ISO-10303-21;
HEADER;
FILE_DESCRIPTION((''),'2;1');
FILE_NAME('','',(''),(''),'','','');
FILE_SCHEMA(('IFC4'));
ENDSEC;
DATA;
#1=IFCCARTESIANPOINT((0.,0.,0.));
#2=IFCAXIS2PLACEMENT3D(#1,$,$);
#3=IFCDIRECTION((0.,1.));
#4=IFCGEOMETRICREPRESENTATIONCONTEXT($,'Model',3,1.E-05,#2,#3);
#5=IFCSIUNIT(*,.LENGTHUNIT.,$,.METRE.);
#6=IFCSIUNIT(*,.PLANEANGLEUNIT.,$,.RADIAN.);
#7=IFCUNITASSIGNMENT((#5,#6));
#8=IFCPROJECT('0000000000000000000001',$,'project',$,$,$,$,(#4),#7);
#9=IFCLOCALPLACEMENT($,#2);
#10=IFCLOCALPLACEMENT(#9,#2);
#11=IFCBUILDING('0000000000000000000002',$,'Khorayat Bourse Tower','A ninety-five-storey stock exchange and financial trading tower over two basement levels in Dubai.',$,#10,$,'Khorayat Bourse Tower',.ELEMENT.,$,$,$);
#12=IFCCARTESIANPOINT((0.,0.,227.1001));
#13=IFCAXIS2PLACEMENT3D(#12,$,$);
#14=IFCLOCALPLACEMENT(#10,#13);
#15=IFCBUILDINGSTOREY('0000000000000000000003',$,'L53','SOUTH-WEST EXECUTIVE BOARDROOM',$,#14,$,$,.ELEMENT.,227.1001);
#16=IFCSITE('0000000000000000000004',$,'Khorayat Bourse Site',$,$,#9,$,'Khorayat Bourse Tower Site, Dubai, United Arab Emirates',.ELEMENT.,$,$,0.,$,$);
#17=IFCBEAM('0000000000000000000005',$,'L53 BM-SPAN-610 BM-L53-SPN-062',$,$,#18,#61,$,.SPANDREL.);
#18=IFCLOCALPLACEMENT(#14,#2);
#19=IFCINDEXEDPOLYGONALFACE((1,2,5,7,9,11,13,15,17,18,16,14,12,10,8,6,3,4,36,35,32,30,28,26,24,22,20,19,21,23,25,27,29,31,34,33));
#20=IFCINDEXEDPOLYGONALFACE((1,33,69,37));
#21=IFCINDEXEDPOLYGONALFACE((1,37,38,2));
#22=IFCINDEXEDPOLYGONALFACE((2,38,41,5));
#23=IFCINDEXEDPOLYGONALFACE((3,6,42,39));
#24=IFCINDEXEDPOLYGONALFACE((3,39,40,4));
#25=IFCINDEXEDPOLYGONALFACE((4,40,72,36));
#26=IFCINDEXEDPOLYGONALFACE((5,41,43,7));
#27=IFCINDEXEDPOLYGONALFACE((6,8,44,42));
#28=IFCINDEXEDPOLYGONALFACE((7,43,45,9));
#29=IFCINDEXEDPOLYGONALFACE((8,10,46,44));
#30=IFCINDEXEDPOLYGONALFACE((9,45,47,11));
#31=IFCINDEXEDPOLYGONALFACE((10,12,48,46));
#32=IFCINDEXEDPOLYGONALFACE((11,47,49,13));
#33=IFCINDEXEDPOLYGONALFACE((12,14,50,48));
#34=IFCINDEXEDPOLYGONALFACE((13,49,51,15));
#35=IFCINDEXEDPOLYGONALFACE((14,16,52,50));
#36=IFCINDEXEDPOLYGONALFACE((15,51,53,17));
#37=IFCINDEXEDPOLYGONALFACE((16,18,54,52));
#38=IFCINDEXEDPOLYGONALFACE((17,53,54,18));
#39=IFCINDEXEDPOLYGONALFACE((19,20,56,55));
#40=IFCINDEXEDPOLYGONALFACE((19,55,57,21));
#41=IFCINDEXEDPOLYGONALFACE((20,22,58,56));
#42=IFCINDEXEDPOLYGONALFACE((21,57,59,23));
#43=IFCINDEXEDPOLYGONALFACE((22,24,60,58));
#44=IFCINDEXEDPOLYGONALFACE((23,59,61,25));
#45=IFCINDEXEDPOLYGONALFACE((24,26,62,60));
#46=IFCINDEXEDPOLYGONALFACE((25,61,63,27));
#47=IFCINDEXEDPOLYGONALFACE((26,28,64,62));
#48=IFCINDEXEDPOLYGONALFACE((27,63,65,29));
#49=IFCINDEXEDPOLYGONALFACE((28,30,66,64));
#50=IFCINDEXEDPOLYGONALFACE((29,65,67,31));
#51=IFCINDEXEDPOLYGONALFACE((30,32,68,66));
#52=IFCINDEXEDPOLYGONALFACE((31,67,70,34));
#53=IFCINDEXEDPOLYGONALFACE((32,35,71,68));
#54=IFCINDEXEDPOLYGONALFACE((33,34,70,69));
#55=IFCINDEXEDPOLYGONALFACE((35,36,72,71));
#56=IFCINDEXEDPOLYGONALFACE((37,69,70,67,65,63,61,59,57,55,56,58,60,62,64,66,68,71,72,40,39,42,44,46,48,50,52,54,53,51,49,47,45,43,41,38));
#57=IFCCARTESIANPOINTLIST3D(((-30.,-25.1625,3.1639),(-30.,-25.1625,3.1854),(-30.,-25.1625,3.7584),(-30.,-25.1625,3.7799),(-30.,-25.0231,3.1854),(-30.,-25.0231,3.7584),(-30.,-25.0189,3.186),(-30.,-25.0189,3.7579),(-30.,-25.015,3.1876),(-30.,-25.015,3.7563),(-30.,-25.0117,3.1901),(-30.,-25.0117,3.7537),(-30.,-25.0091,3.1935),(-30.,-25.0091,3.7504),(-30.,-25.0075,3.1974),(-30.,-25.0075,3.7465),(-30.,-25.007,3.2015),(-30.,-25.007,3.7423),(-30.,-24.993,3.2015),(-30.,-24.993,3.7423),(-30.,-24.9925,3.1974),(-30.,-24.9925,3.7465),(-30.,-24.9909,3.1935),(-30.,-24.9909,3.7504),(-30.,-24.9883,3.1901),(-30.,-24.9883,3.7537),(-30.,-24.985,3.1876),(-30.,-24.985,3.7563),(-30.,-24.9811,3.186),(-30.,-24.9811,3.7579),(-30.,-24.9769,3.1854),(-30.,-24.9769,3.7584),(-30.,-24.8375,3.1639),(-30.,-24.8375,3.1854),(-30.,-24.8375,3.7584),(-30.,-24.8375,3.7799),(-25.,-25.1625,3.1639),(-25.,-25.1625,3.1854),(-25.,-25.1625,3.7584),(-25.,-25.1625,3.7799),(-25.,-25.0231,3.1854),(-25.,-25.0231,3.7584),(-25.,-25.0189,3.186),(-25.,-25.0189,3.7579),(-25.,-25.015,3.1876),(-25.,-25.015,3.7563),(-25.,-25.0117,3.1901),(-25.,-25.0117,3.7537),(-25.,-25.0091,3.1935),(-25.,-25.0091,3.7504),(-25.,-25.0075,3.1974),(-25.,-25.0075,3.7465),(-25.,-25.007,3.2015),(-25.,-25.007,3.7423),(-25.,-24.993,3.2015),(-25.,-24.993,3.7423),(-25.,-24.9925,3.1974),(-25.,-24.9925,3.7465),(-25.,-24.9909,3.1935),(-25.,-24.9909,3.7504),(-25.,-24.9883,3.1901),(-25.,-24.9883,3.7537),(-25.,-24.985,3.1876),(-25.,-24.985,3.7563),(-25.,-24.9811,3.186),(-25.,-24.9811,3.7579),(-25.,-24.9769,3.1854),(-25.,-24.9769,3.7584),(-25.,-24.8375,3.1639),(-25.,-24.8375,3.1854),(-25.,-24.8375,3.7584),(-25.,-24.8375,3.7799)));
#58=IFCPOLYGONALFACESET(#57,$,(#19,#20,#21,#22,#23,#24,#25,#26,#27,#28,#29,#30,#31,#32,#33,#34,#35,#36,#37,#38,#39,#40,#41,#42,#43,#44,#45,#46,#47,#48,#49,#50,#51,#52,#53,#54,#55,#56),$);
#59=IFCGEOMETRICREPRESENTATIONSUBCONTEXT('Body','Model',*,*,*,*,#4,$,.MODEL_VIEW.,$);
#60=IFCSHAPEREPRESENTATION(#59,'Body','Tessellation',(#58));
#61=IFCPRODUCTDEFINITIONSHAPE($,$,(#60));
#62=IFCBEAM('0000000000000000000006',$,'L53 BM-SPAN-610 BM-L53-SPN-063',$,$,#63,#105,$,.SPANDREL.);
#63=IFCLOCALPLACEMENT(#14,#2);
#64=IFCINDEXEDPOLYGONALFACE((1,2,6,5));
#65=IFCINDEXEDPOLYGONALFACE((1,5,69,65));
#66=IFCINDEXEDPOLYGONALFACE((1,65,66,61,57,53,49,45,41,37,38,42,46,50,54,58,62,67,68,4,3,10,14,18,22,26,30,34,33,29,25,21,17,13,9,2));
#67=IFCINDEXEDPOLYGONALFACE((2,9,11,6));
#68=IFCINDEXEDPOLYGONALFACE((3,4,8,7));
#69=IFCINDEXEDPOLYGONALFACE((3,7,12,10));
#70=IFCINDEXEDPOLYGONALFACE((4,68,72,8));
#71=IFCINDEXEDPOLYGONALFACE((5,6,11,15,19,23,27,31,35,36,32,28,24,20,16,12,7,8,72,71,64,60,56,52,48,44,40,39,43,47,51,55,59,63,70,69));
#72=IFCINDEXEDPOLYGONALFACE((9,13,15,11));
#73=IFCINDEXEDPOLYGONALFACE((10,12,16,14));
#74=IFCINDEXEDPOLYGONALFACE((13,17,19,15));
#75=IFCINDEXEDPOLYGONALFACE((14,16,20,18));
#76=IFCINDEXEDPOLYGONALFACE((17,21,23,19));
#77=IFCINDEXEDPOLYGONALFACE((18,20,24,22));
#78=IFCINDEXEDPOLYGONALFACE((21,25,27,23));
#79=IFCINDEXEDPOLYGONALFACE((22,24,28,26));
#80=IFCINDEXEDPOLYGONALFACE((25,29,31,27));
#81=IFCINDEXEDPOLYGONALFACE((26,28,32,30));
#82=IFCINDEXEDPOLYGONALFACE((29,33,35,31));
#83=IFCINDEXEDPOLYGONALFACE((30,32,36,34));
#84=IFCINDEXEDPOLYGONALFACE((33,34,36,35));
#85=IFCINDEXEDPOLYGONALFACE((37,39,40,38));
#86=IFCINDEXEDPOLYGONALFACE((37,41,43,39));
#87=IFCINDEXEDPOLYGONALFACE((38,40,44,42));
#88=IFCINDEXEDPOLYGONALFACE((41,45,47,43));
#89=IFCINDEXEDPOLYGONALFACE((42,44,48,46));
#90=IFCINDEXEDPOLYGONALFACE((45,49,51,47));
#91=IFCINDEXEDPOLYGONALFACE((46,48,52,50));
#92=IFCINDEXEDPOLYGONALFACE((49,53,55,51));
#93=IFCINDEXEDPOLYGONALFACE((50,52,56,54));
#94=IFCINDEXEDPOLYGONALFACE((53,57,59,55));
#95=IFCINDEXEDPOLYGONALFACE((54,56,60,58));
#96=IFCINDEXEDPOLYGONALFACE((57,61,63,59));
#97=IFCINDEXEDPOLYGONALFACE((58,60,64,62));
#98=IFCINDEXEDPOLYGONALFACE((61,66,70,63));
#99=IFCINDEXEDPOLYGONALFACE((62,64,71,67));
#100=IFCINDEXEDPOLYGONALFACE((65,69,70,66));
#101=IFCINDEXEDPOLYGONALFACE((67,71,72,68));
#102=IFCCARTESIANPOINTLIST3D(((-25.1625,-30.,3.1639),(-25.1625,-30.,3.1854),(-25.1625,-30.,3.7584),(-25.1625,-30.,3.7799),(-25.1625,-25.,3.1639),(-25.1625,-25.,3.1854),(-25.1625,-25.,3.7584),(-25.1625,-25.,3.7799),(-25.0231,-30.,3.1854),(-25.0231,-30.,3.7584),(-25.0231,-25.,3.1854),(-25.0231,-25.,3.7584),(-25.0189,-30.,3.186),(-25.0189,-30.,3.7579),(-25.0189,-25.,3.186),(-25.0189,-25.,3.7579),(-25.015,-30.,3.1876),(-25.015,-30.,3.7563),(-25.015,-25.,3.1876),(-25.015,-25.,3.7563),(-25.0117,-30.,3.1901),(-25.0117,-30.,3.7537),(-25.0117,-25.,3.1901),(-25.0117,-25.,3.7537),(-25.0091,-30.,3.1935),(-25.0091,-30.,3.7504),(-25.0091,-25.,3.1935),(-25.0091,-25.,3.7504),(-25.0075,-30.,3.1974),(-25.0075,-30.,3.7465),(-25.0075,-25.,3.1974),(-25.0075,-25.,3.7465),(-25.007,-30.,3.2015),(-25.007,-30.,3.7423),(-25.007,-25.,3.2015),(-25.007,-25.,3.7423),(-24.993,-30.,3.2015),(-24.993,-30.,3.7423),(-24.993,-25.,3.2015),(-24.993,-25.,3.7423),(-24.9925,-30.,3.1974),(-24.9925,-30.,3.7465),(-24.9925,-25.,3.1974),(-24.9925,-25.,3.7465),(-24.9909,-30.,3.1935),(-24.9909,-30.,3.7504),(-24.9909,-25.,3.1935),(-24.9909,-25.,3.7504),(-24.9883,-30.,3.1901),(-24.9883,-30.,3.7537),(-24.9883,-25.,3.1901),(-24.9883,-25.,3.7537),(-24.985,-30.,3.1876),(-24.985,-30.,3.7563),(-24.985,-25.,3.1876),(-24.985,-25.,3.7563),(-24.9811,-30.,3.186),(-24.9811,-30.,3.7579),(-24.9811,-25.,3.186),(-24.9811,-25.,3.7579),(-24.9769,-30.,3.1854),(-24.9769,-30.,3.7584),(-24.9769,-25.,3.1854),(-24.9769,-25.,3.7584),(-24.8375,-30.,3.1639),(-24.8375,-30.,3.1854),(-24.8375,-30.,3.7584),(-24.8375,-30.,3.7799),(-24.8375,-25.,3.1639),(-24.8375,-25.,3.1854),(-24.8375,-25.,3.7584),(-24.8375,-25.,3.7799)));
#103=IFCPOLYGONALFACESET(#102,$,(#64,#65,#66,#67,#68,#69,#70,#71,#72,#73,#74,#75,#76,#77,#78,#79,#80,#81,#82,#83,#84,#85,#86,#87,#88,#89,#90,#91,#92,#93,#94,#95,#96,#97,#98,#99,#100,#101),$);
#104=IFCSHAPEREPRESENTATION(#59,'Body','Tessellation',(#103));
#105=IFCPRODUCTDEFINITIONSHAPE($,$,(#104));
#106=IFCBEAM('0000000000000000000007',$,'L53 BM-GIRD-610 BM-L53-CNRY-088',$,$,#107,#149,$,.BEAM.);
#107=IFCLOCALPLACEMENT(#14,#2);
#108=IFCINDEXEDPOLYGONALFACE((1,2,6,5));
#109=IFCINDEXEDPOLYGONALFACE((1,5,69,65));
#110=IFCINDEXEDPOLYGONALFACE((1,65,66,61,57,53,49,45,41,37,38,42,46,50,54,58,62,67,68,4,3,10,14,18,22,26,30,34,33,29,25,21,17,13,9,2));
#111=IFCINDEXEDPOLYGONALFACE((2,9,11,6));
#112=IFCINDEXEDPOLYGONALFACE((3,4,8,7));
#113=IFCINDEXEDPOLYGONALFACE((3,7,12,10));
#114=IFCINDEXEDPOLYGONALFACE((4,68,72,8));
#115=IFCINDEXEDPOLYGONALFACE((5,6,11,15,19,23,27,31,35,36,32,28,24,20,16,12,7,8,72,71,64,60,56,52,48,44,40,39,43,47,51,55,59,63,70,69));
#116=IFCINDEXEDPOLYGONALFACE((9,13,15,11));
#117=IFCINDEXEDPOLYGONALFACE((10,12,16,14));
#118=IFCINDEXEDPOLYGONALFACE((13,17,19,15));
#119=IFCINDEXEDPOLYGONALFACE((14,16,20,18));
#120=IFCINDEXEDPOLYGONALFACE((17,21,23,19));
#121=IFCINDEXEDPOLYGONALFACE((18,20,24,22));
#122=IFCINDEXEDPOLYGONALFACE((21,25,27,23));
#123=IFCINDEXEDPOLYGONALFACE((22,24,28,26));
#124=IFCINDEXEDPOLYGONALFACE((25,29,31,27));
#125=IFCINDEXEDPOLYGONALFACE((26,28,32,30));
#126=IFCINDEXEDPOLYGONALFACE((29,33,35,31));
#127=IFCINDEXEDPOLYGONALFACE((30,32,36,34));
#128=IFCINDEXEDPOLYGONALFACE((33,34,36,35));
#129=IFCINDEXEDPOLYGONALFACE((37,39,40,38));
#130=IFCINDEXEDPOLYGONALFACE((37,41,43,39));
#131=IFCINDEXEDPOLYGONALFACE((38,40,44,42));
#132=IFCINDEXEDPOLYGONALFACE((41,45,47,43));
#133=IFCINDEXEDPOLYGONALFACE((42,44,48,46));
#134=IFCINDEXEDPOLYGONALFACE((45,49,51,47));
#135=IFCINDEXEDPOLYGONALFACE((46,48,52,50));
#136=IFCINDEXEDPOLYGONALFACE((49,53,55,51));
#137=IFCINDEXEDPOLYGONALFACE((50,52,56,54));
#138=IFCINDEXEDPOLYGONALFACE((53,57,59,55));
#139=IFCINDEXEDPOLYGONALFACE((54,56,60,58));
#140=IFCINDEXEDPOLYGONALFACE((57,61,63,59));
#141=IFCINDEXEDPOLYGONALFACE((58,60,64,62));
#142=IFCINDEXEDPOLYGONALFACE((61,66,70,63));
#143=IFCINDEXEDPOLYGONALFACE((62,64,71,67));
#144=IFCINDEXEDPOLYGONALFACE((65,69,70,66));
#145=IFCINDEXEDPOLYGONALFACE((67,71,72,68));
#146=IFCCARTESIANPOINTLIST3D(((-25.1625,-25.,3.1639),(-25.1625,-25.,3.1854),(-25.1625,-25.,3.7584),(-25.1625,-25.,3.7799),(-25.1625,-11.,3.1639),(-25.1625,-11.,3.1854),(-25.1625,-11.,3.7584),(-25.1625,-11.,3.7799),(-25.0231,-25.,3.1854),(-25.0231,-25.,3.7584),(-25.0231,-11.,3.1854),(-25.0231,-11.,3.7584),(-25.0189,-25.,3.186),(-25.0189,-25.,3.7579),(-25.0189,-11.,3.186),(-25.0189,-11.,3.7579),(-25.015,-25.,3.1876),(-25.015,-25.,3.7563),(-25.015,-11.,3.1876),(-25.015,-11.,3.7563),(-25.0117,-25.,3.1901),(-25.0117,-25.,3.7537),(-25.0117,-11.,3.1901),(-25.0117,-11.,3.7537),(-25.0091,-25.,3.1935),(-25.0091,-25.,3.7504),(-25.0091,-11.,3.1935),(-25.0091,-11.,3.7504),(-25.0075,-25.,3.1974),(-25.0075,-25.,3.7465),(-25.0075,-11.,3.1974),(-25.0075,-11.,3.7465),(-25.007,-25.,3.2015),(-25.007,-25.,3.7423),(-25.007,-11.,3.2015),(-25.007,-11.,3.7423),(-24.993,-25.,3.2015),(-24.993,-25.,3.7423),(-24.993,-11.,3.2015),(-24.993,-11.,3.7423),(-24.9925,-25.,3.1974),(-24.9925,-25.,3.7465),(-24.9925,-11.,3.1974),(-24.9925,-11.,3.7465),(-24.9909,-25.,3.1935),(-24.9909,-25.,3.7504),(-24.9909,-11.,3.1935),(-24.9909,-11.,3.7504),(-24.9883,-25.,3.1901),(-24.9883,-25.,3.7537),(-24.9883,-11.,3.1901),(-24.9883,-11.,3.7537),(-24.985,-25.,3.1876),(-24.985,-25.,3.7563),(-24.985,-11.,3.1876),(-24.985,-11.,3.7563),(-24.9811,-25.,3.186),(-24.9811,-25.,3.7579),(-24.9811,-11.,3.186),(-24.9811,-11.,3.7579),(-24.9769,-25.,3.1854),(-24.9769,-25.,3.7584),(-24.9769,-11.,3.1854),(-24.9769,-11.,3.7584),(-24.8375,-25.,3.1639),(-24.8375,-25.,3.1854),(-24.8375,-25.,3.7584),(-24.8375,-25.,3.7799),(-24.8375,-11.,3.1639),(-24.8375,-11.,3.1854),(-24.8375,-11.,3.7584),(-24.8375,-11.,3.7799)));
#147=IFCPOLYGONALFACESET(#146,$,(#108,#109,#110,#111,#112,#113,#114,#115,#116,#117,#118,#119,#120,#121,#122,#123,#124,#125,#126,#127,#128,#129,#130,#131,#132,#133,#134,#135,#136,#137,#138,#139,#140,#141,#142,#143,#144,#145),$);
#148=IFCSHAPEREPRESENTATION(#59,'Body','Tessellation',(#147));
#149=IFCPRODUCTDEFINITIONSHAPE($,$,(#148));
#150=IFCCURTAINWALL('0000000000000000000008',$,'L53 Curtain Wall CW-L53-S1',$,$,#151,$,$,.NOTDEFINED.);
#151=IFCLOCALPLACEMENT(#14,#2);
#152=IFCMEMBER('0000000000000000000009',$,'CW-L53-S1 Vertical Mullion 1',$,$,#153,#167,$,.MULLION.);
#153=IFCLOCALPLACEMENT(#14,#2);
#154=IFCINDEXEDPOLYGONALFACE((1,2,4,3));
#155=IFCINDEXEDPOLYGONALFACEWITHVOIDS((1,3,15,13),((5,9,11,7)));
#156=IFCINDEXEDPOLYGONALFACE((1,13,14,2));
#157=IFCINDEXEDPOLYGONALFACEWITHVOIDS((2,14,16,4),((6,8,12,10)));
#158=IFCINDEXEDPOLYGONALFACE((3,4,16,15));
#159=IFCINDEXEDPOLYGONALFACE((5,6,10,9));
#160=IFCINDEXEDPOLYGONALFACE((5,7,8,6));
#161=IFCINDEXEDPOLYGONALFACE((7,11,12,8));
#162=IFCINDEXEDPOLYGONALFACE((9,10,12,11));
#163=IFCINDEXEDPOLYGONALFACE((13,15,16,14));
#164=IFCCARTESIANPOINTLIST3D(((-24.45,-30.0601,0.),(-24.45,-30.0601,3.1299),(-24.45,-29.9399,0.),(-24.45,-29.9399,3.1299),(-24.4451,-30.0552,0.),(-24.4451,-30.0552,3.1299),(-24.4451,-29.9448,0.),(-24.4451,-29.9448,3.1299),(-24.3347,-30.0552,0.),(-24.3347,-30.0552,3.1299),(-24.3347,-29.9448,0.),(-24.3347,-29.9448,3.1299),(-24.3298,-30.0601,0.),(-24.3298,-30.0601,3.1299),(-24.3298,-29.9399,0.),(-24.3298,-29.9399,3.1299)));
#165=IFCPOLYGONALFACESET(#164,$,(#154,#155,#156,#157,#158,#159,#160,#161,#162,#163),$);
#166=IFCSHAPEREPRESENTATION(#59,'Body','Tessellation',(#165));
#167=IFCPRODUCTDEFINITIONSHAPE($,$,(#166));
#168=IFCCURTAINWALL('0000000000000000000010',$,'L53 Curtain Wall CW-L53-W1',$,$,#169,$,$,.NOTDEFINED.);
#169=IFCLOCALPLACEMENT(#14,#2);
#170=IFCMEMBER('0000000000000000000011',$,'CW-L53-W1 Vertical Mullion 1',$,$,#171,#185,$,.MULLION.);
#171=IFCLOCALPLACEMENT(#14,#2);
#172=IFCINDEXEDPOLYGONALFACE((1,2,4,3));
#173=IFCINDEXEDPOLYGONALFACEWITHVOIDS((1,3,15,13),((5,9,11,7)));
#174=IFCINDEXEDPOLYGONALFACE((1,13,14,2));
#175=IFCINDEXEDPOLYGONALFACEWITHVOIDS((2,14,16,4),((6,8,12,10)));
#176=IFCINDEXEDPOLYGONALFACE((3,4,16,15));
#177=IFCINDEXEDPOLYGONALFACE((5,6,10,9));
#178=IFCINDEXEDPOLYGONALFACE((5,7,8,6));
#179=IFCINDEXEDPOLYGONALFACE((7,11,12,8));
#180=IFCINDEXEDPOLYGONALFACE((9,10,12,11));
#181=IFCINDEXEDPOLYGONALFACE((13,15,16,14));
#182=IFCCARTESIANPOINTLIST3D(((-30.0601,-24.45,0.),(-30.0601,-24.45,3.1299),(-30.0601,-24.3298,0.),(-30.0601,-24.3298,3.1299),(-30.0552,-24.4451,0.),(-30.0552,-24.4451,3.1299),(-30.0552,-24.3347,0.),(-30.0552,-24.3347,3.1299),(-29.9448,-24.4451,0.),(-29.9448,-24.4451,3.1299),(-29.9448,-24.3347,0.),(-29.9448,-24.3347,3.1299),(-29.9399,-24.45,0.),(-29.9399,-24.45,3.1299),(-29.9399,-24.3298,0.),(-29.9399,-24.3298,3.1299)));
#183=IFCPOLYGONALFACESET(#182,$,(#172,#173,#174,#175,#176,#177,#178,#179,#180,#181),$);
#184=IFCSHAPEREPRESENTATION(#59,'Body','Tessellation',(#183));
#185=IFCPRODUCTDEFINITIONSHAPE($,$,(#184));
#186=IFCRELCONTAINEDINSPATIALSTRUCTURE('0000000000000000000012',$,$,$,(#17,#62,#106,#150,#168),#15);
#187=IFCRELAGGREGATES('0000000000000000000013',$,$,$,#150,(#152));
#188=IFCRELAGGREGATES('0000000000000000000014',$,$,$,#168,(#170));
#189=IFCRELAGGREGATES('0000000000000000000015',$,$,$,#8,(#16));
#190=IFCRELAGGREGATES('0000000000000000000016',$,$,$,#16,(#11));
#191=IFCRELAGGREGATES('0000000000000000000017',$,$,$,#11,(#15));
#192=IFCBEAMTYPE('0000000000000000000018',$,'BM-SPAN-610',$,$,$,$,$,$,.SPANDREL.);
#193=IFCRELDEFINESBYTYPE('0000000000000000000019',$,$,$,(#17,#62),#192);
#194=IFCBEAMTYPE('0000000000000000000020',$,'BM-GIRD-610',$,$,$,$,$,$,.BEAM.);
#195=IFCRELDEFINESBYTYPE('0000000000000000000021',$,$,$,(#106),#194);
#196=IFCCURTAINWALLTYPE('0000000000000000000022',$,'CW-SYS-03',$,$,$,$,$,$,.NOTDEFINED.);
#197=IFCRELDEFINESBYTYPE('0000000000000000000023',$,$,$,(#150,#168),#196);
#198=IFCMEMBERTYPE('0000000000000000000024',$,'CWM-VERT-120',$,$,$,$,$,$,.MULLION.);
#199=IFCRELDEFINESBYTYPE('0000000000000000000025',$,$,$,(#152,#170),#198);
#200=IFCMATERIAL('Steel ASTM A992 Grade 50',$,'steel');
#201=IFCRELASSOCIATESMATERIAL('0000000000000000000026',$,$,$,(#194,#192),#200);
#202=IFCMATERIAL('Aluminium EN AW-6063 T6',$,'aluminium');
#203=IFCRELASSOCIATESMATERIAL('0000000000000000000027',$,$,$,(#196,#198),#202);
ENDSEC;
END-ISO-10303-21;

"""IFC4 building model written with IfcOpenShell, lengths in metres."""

from ifc_helpers import new_model, si_unit, direction, frame, origin, origin_2d, place, context, subcontext, project, spatial, hollow_rectangle, i_section, extrude, source, transform, mapped, material, material_profile, profile_set, type_object, element, aggregate, save


model = new_model("IFC4")

# Units and contexts
model_context = context("Model", 3, precision=1e-05, world=origin(), true_north=direction((0.0, 1.0)))
body_context = subcontext(model_context, "Body", "Model", "MODEL_VIEW")
ifc_project = project(units=[si_unit("LENGTHUNIT", "METRE"), si_unit("PLANEANGLEUNIT", "RADIAN")], contexts=[model_context])

# Site, building, storey
site_placement = place(None, origin())
site = spatial("IfcSite", under=ifc_project, at=site_placement, Name="Khorayat Bourse Site", LongName="Khorayat Bourse Tower Site, Dubai, United Arab Emirates", CompositionType="ELEMENT", RefElevation=0.0)
building_placement = place(site_placement, origin())
building = spatial("IfcBuilding", under=site, at=building_placement, Name="Khorayat Bourse Tower", Description="A ninety-five-storey stock exchange and financial trading tower over two basement levels in Dubai.", LongName="Khorayat Bourse Tower", CompositionType="ELEMENT")
storey_placement = place(building_placement, frame((0.0, 0.0, 227.1001)))
storey = spatial("IfcBuildingStorey", under=building, at=storey_placement, Name="L53", Description="SOUTH-WEST EXECUTIVE BOARDROOM", CompositionType="ELEMENT", Elevation=227.1001)

# Beams
ifc_material_1 = material(Name="Steel ASTM A992 Grade 50", Category="steel")
ifc_material_profile_1 = material_profile(ifc_material_1, i_section(OverallWidth=0.325, OverallDepth=0.616, WebThickness=0.0139, FlangeThickness=0.0215, FilletRadius=0.0161, at=origin_2d()), Name="W610X174")
ifc_profile_set_1 = profile_set([ifc_material_profile_1], Name="Steel ASTM A992 Grade 50")
beam_type_1 = type_object("IfcBeamType", Name="BM-GIRD-610", PredefinedType="BEAM", material=ifc_profile_set_1)
ifc_material_profile_2 = material_profile(ifc_material_1, i_section(OverallWidth=0.325, OverallDepth=0.616, WebThickness=0.0139, FlangeThickness=0.0215, FilletRadius=0.0161, at=origin_2d()), Name="W610X174")
ifc_profile_set_2 = profile_set([ifc_material_profile_2], Name="Steel ASTM A992 Grade 50")
beam_type_2 = type_object("IfcBeamType", Name="BM-SPAN-610", PredefinedType="SPANDREL", material=ifc_profile_set_2)
shared_shape_1 = source(origin(), body_context, "Body", "SweptSolid", [
    extrude(i_section(OverallWidth=0.325, OverallDepth=0.616, WebThickness=0.0139, FlangeThickness=0.0215, FilletRadius=0.0161, at=origin_2d()), origin(), (0.0, 0.0, 1.0), 5.0),
])
for number, where, z_axis, x_axis, name in (
    (1, (-30.0, -25.0, 3.4719), (1.0, 0.0, 0.0), (0.0, 1.0, 0.0), "L53 BM-SPAN-610 BM-L53-SPN-062"),
    (2, (-25.0, -30.0, 3.4719), (0.0, 1.0, 0.0), (-1.0, 0.0, 0.0), "L53 BM-SPAN-610 BM-L53-SPN-063"),
):
    element("IfcBeam", number, at=place(storey_placement, frame(where, z_axis=z_axis, x_axis=x_axis)), inside=storey, type_object=beam_type_2, Name=name, PredefinedType="SPANDREL", context=body_context, shape_type="MappedRepresentation", body=[
        mapped(shared_shape_1, transform((0.0, 0.0, 0.0), scale=1.0)),
    ])
shared_shape_2 = source(origin(), body_context, "Body", "SweptSolid", [
    extrude(i_section(OverallWidth=0.325, OverallDepth=0.616, WebThickness=0.0139, FlangeThickness=0.0215, FilletRadius=0.0161, at=origin_2d()), origin(), (0.0, 0.0, 1.0), 14.0),
])
beam_1_placement = place(storey_placement, frame((-25.0, -25.0, 3.4719), z_axis=(0.0, 1.0, 0.0), x_axis=(-1.0, 0.0, 0.0)))
element("IfcBeam", 3, at=beam_1_placement, inside=storey, type_object=beam_type_1, Name="L53 BM-GIRD-610 BM-L53-CNRY-088", PredefinedType="BEAM", context=body_context, shape_type="MappedRepresentation", body=[
    mapped(shared_shape_2, transform((0.0, 0.0, 0.0), scale=1.0)),
])

# Curtain walls, members
ifc_material_2 = material(Name="Aluminium EN AW-6063 T6", Category="aluminium")
curtain_wall_type = type_object("IfcCurtainWallType", Name="CW-SYS-03", PredefinedType="NOTDEFINED", material=ifc_material_2)
curtain_wall_1_placement = place(storey_placement, origin())
curtain_wall_1 = element("IfcCurtainWall", 4, at=curtain_wall_1_placement, inside=storey, type_object=curtain_wall_type, Name="L53 Curtain Wall CW-L53-S1", PredefinedType="NOTDEFINED")
ifc_material_profile_3 = material_profile(ifc_material_2, hollow_rectangle(XDim=0.1201, YDim=0.1201, WallThickness=0.0049, at=origin_2d()), Name="ALU 120x120x5")
ifc_profile_set_3 = profile_set([ifc_material_profile_3], Name="Aluminium EN AW-6063 T6")
member_type_1 = type_object("IfcMemberType", Name="CWM-VERT-120", PredefinedType="MULLION", material=ifc_profile_set_3)
shared_shape_3 = source(origin(), body_context, "Body", "SweptSolid", [
    extrude(hollow_rectangle(XDim=0.1201, YDim=0.1201, WallThickness=0.0049, at=origin_2d()), origin(), (0.0, 0.0, 1.0), 3.1299),
])
member_1_placement = place(storey_placement, frame((-24.3899, -30.0, 0.0), z_axis=(0.0, 0.0, 1.0), x_axis=(0.0, 1.0, 0.0)))
member_1 = element("IfcMember", 5, at=member_1_placement, type_object=member_type_1, Name="CW-L53-S1 Vertical Mullion 1", PredefinedType="MULLION", context=body_context, shape_type="MappedRepresentation", body=[
    mapped(shared_shape_3, transform((0.0, 0.0, 0.0), scale=1.0)),
])
curtain_wall_2_placement = place(storey_placement, origin())
curtain_wall_2 = element("IfcCurtainWall", 6, at=curtain_wall_2_placement, inside=storey, type_object=curtain_wall_type, Name="L53 Curtain Wall CW-L53-W1", PredefinedType="NOTDEFINED")
member_2_placement = place(storey_placement, frame((-30.0, -24.3899, 0.0), z_axis=(0.0, 0.0, 1.0), x_axis=(-1.0, 0.0, 0.0)))
member_2 = element("IfcMember", 7, at=member_2_placement, type_object=member_type_1, Name="CW-L53-W1 Vertical Mullion 1", PredefinedType="MULLION", context=body_context, shape_type="MappedRepresentation", body=[
    mapped(shared_shape_3, transform((0.0, 0.0, 0.0), scale=1.0)),
])

aggregate(curtain_wall_1, [member_1])
aggregate(curtain_wall_2, [member_2])

save(model, "model.ifc")
